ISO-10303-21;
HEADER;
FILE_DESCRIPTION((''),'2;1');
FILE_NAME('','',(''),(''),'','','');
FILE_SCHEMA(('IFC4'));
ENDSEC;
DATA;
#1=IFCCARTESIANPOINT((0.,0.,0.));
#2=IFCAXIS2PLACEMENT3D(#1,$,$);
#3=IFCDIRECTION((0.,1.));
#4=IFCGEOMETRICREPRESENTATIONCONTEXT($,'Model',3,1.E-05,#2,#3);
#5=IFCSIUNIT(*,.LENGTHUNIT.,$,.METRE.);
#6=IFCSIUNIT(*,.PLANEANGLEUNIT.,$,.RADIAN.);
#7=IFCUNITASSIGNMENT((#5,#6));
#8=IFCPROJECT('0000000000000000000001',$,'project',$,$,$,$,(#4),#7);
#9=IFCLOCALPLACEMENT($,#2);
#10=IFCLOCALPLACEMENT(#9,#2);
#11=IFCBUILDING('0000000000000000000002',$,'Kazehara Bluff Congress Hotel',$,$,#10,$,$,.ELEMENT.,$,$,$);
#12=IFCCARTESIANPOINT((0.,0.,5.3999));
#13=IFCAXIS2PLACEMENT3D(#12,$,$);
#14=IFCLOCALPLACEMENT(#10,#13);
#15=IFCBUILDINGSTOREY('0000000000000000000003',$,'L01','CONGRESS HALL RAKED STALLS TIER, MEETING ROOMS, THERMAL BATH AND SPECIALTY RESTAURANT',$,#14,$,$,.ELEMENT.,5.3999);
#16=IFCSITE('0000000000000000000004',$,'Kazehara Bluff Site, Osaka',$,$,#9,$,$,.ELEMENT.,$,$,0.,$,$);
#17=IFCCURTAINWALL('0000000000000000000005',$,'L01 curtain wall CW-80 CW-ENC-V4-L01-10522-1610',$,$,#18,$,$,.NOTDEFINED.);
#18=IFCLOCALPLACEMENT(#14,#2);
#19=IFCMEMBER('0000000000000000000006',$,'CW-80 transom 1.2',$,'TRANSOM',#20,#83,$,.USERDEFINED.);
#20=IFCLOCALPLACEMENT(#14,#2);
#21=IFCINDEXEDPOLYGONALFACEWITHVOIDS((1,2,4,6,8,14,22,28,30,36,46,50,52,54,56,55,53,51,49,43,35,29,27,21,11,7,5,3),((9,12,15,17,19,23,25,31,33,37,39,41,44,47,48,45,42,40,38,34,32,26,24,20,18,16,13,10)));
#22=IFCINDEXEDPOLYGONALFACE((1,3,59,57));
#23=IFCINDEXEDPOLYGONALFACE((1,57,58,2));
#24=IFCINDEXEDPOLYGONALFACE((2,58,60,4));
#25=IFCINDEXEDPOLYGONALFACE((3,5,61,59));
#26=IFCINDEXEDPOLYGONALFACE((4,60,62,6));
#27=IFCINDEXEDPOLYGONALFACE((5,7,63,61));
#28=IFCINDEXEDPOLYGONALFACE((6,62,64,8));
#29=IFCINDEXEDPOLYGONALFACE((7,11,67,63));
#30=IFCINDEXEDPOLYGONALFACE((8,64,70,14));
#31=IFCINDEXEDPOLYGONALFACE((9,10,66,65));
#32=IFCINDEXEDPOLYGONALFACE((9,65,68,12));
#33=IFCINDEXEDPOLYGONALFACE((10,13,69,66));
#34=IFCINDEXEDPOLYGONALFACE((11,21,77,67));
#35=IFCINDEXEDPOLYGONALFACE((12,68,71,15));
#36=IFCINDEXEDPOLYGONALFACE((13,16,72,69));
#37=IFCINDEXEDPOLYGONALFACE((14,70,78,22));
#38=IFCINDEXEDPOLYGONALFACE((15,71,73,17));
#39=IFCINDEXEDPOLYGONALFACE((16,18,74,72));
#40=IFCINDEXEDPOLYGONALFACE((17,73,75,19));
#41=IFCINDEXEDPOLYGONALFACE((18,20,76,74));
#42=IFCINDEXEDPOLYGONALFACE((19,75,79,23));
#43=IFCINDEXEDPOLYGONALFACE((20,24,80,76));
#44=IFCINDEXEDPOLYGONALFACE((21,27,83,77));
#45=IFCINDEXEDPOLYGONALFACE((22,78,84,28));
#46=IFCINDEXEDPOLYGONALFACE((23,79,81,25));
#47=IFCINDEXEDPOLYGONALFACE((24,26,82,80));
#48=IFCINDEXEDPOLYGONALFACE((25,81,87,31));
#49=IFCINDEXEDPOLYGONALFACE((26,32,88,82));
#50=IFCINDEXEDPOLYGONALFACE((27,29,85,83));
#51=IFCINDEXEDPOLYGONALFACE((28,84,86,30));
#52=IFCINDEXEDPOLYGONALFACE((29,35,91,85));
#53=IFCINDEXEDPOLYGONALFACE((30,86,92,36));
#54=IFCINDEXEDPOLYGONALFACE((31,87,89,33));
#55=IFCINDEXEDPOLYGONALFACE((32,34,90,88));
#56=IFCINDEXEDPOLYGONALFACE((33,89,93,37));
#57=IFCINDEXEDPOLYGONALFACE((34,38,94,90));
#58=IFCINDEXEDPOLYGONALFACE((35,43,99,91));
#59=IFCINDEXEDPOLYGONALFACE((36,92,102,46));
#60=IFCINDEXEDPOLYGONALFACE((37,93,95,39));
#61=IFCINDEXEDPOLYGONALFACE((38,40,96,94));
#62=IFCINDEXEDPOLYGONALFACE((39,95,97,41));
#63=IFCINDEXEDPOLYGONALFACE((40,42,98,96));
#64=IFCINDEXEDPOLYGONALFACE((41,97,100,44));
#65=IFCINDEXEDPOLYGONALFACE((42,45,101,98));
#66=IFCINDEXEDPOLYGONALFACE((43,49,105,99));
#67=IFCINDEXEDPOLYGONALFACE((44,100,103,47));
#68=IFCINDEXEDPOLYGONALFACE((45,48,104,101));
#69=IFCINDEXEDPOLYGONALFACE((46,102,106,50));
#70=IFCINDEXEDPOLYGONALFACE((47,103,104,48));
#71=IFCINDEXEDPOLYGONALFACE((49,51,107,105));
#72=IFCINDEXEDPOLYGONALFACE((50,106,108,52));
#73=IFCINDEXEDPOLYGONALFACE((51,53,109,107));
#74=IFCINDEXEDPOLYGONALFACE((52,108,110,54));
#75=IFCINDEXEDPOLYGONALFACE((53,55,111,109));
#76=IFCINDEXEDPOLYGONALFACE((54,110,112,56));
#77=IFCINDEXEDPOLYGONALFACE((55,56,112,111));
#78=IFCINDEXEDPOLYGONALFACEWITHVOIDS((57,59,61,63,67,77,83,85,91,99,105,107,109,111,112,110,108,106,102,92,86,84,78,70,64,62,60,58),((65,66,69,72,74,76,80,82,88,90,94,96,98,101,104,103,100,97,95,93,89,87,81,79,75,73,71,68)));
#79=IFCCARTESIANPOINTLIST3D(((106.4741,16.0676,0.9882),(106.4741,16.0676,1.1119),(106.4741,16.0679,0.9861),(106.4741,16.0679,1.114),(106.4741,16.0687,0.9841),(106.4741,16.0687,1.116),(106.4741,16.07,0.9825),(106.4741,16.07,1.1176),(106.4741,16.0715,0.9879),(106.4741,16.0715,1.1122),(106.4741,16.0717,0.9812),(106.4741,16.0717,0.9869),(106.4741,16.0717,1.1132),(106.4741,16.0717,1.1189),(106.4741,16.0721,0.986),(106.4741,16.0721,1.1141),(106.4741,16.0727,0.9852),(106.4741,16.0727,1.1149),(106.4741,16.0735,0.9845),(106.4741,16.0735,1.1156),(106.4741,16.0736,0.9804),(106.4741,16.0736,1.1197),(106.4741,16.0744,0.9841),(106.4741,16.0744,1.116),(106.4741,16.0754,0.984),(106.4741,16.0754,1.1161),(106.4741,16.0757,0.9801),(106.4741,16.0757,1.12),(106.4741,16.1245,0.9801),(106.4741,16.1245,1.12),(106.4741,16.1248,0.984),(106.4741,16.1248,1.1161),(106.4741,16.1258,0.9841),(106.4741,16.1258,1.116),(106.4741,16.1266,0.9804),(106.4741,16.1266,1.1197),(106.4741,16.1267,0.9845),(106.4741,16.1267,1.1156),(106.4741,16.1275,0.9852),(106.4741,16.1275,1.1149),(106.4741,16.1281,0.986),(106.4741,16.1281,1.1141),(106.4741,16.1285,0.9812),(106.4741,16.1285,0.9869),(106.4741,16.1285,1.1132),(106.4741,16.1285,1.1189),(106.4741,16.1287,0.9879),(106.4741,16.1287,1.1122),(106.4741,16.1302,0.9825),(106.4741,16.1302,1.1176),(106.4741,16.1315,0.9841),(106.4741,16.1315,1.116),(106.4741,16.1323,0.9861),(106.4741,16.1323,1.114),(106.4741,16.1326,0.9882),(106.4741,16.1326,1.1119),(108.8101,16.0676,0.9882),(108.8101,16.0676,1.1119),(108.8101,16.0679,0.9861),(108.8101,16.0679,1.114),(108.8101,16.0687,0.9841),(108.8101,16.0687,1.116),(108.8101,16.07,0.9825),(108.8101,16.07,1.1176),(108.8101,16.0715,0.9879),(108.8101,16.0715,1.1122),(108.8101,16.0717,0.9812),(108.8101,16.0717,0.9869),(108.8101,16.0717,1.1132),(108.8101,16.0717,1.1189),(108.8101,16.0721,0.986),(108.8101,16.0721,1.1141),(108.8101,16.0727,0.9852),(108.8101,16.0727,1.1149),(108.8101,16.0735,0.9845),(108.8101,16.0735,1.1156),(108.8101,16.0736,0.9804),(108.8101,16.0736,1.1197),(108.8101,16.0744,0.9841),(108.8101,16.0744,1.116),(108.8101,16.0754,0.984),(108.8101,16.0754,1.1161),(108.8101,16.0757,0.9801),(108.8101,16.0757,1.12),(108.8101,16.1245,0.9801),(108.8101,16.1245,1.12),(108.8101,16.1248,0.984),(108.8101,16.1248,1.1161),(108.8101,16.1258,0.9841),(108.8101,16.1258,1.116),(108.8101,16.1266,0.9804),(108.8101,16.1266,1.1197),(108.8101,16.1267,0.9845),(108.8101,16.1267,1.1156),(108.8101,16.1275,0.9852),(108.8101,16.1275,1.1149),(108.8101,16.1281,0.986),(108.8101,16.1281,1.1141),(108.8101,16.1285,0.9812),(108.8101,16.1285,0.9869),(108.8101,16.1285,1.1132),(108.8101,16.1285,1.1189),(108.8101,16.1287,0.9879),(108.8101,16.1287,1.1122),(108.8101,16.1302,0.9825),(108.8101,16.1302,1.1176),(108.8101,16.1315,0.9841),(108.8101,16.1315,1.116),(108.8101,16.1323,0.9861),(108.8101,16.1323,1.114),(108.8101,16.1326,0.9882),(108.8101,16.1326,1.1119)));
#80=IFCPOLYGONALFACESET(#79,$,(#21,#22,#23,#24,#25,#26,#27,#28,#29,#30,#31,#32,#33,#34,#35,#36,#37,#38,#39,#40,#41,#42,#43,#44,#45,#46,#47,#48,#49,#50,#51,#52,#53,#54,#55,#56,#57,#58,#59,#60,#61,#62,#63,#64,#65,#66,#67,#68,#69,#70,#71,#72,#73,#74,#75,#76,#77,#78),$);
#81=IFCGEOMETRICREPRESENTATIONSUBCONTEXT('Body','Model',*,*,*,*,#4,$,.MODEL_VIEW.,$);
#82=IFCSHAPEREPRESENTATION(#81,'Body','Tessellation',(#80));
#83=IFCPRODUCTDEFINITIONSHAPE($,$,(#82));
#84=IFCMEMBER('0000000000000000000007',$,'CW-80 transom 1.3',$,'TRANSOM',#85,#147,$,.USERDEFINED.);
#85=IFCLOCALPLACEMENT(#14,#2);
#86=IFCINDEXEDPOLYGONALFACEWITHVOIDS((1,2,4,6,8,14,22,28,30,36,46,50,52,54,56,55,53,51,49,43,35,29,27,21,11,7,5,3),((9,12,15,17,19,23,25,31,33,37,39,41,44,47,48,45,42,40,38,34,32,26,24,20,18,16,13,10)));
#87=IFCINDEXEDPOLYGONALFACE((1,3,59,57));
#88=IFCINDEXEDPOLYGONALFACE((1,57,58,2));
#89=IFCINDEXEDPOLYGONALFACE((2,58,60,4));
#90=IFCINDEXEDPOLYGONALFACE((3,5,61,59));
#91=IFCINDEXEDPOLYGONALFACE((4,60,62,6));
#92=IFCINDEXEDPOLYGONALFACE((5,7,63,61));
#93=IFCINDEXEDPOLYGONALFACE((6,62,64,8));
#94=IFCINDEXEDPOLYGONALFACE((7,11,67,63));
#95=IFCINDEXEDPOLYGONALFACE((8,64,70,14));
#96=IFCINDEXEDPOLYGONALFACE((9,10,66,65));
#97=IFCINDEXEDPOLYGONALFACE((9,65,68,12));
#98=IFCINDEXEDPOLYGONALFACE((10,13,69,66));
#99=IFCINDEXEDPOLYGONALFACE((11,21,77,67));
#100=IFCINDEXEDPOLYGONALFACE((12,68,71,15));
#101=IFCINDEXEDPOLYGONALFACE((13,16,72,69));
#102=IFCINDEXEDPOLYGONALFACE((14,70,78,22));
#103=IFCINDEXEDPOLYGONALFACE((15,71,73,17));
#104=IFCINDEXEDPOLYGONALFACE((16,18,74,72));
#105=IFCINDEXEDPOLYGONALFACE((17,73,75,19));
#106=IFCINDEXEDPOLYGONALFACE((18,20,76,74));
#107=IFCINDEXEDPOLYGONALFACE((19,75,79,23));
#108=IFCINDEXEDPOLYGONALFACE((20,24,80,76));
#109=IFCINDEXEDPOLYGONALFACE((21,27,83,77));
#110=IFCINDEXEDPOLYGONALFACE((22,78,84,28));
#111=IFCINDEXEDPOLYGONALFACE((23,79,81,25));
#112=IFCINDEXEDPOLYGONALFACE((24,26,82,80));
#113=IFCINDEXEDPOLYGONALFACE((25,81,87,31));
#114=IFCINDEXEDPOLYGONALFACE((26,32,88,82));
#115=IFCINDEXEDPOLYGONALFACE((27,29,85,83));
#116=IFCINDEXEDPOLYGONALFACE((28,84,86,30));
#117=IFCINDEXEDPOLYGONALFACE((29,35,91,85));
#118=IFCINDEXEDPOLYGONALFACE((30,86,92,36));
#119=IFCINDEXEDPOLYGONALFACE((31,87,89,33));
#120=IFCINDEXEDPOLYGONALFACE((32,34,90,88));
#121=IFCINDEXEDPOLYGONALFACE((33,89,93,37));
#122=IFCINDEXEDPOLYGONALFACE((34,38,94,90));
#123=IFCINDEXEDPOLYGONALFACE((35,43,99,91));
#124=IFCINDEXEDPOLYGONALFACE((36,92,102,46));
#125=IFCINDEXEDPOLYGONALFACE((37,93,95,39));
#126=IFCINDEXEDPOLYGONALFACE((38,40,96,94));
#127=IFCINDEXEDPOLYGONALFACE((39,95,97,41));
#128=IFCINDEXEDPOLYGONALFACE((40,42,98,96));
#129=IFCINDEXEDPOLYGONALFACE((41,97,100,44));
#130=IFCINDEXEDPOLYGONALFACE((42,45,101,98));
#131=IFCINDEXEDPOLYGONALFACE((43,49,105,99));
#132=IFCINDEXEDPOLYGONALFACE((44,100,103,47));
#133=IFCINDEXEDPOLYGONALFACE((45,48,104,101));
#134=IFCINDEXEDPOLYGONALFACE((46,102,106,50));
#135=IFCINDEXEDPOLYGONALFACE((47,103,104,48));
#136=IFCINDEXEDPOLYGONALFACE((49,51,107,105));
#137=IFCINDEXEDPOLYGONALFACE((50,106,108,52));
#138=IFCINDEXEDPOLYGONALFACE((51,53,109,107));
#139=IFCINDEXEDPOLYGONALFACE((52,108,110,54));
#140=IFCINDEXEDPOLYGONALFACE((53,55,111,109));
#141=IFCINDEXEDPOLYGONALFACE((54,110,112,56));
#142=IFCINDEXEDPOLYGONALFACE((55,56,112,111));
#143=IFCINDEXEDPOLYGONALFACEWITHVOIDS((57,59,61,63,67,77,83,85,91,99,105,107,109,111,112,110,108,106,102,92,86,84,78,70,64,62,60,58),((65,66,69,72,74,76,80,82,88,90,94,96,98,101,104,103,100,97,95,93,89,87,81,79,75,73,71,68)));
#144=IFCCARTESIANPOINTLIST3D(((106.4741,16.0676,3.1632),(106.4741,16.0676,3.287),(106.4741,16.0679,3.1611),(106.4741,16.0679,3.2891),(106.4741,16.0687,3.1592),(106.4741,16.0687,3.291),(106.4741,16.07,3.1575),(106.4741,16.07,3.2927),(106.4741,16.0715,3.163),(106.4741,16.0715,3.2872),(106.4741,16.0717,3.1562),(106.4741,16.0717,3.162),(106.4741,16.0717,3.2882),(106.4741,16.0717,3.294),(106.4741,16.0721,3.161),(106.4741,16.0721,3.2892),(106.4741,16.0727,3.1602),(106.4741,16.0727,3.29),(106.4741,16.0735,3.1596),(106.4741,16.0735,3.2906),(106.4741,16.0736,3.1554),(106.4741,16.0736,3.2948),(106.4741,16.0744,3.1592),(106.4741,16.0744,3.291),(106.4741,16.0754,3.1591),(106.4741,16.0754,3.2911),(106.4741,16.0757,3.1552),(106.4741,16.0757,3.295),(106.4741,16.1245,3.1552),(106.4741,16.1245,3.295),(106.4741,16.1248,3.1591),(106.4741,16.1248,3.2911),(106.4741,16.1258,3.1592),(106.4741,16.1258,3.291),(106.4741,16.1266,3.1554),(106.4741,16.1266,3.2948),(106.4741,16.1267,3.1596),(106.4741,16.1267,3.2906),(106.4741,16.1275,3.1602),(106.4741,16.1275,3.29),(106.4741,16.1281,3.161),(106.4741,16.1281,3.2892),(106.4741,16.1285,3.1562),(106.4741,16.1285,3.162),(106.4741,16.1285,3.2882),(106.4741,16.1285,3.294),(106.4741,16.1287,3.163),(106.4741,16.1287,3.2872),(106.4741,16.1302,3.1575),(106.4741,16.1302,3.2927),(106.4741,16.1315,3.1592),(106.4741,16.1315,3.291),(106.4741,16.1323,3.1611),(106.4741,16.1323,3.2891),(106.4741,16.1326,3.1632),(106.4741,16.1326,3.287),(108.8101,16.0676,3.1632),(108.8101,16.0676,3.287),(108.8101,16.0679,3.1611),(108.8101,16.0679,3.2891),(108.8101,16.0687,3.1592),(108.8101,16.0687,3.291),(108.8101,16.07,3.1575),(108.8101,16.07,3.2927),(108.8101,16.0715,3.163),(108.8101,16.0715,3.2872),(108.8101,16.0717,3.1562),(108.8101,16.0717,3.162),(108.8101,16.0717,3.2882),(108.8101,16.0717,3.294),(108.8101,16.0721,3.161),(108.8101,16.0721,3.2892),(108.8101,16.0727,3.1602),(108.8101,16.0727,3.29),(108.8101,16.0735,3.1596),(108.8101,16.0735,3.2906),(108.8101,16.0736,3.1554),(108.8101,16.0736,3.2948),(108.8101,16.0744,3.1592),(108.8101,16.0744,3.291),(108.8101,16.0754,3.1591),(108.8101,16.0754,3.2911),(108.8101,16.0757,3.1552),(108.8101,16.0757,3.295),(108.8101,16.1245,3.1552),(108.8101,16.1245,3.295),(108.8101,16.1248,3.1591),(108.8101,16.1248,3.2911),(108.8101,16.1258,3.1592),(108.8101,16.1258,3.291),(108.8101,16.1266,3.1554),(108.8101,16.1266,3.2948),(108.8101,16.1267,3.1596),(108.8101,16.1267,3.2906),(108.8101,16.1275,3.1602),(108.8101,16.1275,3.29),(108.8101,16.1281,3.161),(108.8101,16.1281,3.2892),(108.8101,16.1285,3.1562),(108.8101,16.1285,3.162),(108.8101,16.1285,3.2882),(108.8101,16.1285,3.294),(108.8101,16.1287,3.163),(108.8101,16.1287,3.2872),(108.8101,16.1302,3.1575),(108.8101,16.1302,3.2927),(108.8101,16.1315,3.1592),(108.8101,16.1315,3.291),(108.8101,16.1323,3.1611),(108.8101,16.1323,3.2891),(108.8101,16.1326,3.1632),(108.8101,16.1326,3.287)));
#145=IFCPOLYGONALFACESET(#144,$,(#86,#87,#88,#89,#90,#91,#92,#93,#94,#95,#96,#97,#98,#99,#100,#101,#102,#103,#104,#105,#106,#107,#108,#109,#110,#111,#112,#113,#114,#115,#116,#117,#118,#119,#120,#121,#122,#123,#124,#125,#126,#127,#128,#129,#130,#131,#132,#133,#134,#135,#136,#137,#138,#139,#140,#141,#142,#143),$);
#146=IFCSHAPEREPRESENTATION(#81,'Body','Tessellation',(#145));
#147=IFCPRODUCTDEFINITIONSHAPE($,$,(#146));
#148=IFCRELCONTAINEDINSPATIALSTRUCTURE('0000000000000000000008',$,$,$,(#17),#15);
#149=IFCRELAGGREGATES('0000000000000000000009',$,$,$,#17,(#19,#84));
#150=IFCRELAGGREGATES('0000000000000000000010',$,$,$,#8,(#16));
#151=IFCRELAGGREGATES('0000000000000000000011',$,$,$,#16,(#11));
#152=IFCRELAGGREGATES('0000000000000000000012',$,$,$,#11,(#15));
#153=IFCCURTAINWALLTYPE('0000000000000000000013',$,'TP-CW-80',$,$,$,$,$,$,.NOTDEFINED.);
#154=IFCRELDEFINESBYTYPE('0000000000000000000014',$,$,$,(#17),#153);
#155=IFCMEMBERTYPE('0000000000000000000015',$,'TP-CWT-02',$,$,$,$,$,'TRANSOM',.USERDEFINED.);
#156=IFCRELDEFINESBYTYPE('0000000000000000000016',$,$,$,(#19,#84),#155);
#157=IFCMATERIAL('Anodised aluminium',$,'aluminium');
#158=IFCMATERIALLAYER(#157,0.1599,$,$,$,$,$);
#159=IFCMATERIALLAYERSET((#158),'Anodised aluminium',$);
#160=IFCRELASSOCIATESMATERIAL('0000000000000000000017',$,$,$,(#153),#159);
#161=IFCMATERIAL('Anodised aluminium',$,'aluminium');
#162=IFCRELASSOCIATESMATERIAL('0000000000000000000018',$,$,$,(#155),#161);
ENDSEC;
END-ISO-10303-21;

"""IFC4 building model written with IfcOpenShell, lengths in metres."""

from ifc_helpers import new_model, si_unit, direction, frame, origin, origin_2d, place, context, subcontext, project, spatial, hollow_rectangle, extrude, material, layer, layer_set, material_profile, profile_set, type_object, element, aggregate, save


model = new_model("IFC4")

# Units and contexts
model_context = context("Model", 3, precision=1e-05, world=origin(), true_north=direction((0.0, 1.0)))
body_context = subcontext(model_context, "Body", "Model", "MODEL_VIEW")
ifc_project = project(units=[si_unit("LENGTHUNIT", "METRE"), si_unit("PLANEANGLEUNIT", "RADIAN")], contexts=[model_context])

# Site, building, storey
site_placement = place(None, origin())
site = spatial("IfcSite", under=ifc_project, at=site_placement, Name="Kazehara Bluff Site, Osaka", CompositionType="ELEMENT", RefElevation=0.0)
building_placement = place(site_placement, origin())
building = spatial("IfcBuilding", under=site, at=building_placement, Name="Kazehara Bluff Congress Hotel", CompositionType="ELEMENT")
storey_placement = place(building_placement, frame((0.0, 0.0, 5.3999)))
storey = spatial("IfcBuildingStorey", under=building, at=storey_placement, Name="L01", Description="CONGRESS HALL RAKED STALLS TIER, MEETING ROOMS, THERMAL BATH AND SPECIALTY RESTAURANT", CompositionType="ELEMENT", Elevation=5.3999)

# Curtain wall, members
ifc_material_1 = material(Name="Anodised aluminium", Category="aluminium")
ifc_layer_1 = layer(ifc_material_1, 0.1599)
ifc_layer_set_1 = layer_set([ifc_layer_1], Name="Anodised aluminium")
curtain_wall_type = type_object("IfcCurtainWallType", Name="TP-CW-80", PredefinedType="NOTDEFINED", material=ifc_layer_set_1)
curtain_wall_placement = place(storey_placement, origin())
curtain_wall = element("IfcCurtainWall", 1, at=curtain_wall_placement, inside=storey, type_object=curtain_wall_type, Name="L01 curtain wall CW-80 CW-ENC-V4-L01-10522-1610", PredefinedType="NOTDEFINED")
ifc_material_2 = material(Name="Anodised aluminium", Category="aluminium")
ifc_material_profile_1 = material_profile(ifc_material_2, hollow_rectangle(XDim=0.0649, YDim=0.1399, WallThickness=0.0039, InnerFilletRadius=0.0039, OuterFilletRadius=0.0081, at=origin_2d()))
ifc_profile_set_1 = profile_set([ifc_material_profile_1], Name="Anodised aluminium")
member_type_1 = type_object("IfcMemberType", Name="TP-CWT-02", ElementType="TRANSOM", PredefinedType="USERDEFINED", material=ifc_profile_set_1)
member_1_placement = place(storey_placement, frame((108.8101, 16.1001, 1.05), z_axis=(-1.0, 0.0, 0.0), x_axis=(0.0, -1.0, 0.0)))
member_1 = element("IfcMember", 2, at=member_1_placement, type_object=member_type_1, Name="CW-80 transom 1.2", ObjectType="TRANSOM", PredefinedType="USERDEFINED", context=body_context, shape_type="SweptSolid", body=[
    extrude(hollow_rectangle(XDim=0.0649, YDim=0.1399, WallThickness=0.0039, InnerFilletRadius=0.0039, OuterFilletRadius=0.0081, at=origin_2d()), origin(), (0.0, 0.0, 1.0), 2.3359),
])
member_2_placement = place(storey_placement, frame((108.8101, 16.1001, 3.2251), z_axis=(-1.0, 0.0, 0.0), x_axis=(0.0, -1.0, 0.0)))
member_2 = element("IfcMember", 3, at=member_2_placement, type_object=member_type_1, Name="CW-80 transom 1.3", ObjectType="TRANSOM", PredefinedType="USERDEFINED", context=body_context, shape_type="SweptSolid", body=[
    extrude(hollow_rectangle(XDim=0.0649, YDim=0.1399, WallThickness=0.0039, InnerFilletRadius=0.0039, OuterFilletRadius=0.0081, at=origin_2d()), origin(), (0.0, 0.0, 1.0), 2.3359),
])

aggregate(curtain_wall, [member_1, member_2])

save(model, "model.ifc")
